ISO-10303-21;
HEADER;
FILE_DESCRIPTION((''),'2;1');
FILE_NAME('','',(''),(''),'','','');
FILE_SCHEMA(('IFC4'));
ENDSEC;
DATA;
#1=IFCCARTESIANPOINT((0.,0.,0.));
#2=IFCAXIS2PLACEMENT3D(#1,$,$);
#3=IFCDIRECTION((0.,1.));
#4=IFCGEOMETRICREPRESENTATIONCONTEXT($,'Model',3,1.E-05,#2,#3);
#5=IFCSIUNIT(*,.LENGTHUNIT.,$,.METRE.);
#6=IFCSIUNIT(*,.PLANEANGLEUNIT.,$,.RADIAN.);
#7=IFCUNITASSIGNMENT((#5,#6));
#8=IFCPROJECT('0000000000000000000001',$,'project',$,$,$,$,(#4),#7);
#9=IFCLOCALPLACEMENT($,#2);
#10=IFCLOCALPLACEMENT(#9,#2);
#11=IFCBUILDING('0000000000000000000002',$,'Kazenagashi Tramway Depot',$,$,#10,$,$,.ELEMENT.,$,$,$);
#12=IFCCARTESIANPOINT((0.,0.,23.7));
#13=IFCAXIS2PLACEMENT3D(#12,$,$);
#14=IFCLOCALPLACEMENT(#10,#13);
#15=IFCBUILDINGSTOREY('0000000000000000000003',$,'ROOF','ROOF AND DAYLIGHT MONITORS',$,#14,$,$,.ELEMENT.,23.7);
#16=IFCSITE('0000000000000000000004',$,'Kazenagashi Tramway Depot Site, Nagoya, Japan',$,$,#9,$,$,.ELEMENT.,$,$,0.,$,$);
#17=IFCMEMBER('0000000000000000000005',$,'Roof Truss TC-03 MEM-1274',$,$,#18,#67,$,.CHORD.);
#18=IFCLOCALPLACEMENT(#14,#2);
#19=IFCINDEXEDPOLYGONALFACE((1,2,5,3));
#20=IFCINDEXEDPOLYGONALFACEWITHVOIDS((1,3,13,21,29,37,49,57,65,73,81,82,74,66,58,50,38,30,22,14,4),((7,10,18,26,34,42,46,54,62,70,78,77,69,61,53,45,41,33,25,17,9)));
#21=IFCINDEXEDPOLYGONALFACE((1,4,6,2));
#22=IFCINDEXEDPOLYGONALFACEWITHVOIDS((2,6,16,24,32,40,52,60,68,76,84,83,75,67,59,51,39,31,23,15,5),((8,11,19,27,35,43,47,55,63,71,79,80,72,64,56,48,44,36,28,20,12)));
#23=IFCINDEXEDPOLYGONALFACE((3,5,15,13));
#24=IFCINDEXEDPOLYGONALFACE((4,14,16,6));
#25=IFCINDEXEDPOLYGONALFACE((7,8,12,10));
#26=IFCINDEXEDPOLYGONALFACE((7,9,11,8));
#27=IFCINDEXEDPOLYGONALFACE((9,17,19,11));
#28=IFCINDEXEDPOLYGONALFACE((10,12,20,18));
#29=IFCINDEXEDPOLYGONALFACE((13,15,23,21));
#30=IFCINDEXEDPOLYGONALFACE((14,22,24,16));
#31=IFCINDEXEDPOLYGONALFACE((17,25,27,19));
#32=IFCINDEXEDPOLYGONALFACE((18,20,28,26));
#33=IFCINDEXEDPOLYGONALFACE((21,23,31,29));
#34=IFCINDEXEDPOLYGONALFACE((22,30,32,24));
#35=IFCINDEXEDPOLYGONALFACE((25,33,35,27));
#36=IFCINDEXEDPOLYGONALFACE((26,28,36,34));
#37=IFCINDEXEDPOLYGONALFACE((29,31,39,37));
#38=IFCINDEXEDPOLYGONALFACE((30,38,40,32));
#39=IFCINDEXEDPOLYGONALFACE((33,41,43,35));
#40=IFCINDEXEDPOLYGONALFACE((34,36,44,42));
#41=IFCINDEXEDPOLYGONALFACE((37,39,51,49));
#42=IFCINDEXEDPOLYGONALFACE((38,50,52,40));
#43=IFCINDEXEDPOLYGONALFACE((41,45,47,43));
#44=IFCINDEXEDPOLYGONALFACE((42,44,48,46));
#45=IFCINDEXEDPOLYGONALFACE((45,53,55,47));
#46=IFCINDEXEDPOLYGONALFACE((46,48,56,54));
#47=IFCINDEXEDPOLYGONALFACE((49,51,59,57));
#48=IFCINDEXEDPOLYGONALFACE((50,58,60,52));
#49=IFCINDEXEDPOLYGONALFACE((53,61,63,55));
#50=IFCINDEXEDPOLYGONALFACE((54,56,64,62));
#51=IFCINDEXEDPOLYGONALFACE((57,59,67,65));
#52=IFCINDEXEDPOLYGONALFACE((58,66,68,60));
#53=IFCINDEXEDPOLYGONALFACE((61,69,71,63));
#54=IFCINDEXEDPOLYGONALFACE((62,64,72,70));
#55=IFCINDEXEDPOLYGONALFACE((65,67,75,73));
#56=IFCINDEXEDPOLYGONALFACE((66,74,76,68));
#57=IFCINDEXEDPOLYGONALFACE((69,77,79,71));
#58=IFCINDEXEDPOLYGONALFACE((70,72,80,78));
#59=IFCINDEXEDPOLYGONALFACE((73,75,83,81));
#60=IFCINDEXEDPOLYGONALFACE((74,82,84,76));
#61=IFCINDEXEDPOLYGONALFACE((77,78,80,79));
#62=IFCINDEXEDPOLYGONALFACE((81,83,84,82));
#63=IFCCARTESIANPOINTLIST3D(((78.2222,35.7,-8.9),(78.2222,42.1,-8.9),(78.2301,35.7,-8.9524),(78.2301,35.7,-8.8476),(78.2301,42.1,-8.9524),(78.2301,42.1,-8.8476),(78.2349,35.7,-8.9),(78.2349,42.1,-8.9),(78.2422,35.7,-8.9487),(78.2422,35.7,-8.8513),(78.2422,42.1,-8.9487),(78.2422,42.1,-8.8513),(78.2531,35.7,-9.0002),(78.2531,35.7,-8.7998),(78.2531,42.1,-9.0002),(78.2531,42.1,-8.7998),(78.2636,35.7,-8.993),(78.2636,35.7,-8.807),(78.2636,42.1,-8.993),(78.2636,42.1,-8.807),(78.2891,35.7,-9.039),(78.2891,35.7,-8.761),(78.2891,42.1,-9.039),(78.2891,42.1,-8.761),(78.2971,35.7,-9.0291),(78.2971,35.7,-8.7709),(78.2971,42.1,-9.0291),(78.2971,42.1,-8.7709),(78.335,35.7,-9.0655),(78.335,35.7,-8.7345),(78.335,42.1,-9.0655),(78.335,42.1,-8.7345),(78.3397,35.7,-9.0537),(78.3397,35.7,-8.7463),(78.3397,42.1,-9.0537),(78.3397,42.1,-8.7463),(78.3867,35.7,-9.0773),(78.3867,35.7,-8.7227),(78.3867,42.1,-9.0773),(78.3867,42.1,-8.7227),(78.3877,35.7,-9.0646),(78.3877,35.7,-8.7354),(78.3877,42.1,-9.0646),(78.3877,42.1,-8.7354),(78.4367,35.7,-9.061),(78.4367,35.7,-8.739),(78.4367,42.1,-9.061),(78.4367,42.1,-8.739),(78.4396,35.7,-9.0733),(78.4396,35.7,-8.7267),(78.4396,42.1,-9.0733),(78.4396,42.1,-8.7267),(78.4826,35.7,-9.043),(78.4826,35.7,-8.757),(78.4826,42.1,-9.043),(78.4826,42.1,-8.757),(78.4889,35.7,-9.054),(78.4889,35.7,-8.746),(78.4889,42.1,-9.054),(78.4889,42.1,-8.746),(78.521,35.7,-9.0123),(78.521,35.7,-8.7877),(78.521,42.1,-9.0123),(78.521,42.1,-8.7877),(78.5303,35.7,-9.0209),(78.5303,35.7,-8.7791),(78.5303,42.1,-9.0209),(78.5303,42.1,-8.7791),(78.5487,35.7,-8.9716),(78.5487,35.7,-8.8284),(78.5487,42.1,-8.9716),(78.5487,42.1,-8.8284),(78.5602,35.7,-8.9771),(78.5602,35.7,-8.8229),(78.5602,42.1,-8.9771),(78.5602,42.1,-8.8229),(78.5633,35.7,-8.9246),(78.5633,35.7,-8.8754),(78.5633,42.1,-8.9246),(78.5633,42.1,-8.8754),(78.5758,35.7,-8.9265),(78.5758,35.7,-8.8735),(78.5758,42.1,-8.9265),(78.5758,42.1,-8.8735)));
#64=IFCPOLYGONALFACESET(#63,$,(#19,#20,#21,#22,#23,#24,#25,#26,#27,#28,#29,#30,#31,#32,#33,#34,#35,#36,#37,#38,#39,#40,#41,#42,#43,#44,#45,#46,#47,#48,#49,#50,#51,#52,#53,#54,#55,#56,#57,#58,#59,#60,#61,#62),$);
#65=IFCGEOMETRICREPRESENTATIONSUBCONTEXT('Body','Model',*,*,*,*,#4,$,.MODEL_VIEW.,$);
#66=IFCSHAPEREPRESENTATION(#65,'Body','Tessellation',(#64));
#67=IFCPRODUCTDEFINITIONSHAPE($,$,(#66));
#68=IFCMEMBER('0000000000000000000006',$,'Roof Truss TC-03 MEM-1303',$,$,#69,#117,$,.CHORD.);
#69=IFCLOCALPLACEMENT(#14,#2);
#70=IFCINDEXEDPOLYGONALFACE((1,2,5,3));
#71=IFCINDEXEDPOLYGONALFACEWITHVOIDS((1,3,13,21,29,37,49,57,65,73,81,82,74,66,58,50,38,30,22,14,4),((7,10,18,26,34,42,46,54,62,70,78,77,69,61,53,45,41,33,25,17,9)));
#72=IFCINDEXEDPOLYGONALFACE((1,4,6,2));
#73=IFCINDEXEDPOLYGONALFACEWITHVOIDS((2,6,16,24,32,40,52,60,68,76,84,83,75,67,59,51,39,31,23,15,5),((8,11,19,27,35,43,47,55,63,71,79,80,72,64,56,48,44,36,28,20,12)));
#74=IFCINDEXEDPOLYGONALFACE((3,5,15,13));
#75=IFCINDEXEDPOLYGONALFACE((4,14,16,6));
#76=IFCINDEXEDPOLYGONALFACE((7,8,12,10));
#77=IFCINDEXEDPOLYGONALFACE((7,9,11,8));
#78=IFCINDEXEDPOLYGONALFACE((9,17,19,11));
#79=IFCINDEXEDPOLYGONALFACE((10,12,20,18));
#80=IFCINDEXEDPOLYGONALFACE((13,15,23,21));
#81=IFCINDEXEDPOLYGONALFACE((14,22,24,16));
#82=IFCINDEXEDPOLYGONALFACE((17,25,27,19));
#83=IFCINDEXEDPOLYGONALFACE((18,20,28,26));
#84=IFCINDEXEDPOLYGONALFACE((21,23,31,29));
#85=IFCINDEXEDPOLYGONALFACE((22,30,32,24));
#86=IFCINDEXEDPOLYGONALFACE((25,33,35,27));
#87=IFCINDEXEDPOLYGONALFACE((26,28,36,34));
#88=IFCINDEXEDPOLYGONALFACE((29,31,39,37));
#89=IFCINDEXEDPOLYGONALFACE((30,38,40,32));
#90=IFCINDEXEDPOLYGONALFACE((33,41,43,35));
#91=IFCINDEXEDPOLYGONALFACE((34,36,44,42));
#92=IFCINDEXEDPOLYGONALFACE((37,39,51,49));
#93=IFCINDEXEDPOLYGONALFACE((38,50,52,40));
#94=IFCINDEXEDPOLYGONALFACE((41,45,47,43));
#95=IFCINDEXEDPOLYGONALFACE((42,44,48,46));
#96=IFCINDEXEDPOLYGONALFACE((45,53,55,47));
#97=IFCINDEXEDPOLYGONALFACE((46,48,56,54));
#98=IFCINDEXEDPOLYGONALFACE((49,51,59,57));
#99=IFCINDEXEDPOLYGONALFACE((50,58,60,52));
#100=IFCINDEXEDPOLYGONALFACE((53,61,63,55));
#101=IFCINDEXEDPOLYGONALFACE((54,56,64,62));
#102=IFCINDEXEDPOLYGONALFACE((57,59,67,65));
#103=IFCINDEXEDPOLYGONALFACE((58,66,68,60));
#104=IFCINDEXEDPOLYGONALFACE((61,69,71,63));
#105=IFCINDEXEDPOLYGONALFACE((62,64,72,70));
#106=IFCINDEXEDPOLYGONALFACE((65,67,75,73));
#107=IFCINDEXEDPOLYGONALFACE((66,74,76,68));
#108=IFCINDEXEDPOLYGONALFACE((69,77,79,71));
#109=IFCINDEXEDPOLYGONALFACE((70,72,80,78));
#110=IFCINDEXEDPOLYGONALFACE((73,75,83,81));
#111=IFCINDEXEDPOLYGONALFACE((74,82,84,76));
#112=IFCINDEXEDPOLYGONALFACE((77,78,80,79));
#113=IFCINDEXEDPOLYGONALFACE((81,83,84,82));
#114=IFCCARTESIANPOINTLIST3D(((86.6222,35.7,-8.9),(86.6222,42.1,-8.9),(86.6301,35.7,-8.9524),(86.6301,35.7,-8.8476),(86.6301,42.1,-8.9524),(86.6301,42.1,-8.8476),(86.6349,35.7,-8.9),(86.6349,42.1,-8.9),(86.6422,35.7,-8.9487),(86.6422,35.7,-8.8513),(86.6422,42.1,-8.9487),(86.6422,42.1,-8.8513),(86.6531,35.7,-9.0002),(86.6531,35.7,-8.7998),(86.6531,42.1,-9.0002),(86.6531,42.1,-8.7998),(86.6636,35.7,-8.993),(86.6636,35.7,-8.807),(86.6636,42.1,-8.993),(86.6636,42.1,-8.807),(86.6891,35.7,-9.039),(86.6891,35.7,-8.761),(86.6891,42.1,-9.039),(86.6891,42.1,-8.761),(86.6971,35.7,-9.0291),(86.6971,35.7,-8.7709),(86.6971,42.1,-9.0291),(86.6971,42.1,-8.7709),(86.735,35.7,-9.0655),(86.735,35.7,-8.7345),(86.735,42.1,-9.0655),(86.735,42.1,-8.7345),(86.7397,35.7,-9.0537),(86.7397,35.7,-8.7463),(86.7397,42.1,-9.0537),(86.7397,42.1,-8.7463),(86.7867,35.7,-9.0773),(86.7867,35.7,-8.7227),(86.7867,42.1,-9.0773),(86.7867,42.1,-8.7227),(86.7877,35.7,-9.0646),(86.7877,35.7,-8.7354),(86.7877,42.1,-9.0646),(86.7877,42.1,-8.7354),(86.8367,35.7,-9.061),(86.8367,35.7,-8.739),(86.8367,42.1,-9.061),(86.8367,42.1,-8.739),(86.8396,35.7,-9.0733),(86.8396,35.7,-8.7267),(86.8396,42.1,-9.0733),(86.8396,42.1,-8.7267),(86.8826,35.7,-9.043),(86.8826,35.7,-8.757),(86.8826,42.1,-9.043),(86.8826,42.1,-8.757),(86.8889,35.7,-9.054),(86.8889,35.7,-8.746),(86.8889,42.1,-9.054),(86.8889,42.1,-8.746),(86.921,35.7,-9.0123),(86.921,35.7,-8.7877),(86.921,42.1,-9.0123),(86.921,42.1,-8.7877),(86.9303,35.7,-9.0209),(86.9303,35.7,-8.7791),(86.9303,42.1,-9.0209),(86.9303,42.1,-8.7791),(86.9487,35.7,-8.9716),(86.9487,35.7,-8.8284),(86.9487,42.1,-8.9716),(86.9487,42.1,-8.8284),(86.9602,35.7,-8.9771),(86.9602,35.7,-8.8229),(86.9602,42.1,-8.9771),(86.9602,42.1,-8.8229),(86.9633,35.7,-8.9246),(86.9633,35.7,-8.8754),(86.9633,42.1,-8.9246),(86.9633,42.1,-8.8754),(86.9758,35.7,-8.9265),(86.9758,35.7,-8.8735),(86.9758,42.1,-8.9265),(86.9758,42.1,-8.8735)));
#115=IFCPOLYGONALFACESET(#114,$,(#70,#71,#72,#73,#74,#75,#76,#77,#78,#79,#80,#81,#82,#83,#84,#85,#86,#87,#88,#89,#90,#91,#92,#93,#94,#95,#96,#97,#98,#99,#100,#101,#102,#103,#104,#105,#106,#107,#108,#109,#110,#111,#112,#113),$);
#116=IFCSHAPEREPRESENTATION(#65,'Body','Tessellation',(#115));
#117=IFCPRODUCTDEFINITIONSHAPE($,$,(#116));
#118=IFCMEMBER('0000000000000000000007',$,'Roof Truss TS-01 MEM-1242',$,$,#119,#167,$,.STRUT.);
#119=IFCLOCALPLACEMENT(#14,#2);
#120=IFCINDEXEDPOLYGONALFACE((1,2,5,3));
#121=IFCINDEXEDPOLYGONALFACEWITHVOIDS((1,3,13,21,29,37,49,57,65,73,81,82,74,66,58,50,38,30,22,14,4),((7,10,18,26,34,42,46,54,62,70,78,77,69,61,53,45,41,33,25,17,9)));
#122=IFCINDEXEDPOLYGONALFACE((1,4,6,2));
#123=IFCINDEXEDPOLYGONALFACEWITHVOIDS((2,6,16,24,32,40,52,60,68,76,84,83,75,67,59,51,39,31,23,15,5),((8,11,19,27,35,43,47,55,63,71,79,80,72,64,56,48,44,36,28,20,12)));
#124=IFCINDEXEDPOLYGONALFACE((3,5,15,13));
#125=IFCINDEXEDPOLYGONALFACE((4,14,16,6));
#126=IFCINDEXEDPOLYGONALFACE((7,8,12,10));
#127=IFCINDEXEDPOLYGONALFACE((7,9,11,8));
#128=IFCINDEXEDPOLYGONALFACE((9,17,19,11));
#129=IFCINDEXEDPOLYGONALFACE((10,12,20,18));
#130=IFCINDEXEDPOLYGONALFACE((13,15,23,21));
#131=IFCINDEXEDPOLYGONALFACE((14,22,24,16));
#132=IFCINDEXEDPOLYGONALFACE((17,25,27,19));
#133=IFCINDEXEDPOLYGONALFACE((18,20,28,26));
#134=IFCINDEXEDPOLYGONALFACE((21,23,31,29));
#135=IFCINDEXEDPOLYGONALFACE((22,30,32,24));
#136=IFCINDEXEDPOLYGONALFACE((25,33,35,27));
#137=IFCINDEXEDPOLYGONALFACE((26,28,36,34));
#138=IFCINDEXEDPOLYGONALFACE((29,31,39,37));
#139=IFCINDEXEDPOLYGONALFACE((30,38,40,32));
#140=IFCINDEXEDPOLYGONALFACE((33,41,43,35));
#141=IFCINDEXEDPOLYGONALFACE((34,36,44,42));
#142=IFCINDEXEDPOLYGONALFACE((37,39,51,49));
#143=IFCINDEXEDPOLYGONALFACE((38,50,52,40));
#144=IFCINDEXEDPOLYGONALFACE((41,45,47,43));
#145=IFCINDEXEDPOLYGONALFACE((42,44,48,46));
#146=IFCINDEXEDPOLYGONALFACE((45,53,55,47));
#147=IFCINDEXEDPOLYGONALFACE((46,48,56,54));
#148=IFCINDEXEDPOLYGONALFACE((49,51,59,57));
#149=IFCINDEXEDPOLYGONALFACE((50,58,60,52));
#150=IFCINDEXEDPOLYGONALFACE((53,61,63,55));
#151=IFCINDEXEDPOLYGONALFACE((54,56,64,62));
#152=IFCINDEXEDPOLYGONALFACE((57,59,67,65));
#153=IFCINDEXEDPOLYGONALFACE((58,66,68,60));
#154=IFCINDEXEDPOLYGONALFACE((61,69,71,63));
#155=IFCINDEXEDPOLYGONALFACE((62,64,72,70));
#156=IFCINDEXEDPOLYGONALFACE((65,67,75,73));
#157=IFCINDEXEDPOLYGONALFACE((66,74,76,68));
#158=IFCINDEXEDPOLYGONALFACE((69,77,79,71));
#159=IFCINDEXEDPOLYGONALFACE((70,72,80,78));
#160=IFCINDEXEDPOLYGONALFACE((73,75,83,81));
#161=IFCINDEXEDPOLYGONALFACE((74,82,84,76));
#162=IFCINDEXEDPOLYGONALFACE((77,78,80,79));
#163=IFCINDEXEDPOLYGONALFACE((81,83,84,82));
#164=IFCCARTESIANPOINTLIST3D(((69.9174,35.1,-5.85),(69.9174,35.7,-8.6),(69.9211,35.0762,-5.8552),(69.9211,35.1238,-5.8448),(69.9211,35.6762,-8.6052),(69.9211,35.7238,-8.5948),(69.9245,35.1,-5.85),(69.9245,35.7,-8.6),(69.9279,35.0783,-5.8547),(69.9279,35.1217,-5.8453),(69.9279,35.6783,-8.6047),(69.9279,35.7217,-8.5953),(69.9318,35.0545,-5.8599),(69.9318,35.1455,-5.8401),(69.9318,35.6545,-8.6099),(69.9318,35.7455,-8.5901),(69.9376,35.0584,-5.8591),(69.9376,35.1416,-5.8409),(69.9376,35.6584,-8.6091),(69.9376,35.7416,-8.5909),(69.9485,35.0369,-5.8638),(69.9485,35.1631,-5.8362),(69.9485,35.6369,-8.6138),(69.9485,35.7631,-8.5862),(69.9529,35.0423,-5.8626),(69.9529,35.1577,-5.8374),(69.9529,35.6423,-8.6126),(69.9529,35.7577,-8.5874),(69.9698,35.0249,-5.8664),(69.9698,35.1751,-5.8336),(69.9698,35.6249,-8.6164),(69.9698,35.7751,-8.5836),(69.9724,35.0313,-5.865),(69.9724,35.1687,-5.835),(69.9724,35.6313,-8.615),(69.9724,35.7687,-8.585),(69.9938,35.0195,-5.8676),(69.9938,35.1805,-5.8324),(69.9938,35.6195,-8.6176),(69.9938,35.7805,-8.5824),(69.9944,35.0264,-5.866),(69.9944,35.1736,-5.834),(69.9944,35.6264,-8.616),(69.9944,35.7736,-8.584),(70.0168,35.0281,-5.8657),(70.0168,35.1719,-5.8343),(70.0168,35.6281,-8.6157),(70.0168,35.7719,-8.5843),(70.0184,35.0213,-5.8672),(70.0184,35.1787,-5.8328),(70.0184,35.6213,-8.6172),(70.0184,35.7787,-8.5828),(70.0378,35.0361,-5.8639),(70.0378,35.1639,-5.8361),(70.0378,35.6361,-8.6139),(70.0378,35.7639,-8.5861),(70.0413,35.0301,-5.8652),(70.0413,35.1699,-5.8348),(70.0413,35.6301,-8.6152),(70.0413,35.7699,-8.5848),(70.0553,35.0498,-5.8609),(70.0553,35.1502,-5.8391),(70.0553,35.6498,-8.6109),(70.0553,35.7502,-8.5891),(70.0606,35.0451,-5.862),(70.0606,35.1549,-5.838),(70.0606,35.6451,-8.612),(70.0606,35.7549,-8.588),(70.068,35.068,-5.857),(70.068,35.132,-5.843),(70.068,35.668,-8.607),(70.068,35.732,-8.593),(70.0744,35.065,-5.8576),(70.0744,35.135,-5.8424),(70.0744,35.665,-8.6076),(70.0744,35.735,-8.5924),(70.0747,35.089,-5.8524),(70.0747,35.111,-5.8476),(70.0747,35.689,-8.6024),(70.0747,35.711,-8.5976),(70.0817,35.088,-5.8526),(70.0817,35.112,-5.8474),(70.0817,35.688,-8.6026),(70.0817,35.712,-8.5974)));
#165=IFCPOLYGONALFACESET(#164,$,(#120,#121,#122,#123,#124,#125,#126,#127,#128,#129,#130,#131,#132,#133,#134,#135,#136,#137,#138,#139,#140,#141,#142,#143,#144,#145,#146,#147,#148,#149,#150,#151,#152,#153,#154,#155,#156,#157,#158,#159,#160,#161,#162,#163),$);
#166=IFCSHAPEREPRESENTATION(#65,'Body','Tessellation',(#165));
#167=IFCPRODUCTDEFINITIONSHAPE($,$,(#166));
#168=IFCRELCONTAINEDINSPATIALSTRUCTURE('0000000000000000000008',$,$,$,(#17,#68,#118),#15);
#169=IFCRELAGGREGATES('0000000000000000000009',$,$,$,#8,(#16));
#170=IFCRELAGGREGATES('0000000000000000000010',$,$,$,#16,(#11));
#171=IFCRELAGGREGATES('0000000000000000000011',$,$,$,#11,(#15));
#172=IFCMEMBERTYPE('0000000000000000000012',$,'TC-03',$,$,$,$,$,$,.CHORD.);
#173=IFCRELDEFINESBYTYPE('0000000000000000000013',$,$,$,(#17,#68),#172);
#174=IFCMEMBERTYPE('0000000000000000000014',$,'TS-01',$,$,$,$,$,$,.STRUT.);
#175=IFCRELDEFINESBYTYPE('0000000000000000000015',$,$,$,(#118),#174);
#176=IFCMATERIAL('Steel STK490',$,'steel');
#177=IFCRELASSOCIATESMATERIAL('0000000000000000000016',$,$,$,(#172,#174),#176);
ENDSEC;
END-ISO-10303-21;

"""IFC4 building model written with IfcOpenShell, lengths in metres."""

from ifc_helpers import new_model, si_unit, direction, frame, origin, origin_2d, place, context, subcontext, project, spatial, hollow_circle, extrude, material, material_profile, profile_set, type_object, element, save


model = new_model("IFC4")

# Units and contexts
model_context = context("Model", 3, precision=1e-05, world=origin(), true_north=direction((0.0, 1.0)))
body_context = subcontext(model_context, "Body", "Model", "MODEL_VIEW")
ifc_project = project(units=[si_unit("LENGTHUNIT", "METRE"), si_unit("PLANEANGLEUNIT", "RADIAN")], contexts=[model_context])

# Site, building, storey
site_placement = place(None, origin())
site = spatial("IfcSite", under=ifc_project, at=site_placement, Name="Kazenagashi Tramway Depot Site, Nagoya, Japan", CompositionType="ELEMENT", RefElevation=0.0)
building_placement = place(site_placement, origin())
building = spatial("IfcBuilding", under=site, at=building_placement, Name="Kazenagashi Tramway Depot", CompositionType="ELEMENT")
storey_placement = place(building_placement, frame((0.0, 0.0, 23.7)))
storey = spatial("IfcBuildingStorey", under=building, at=storey_placement, Name="ROOF", Description="ROOF AND DAYLIGHT MONITORS", CompositionType="ELEMENT", Elevation=23.7)

# Members
ifc_material_1 = material(Name="Steel STK490", Category="steel")
ifc_material_profile_1 = material_profile(ifc_material_1, hollow_circle(Radius=0.1778, WallThickness=0.0127, at=origin_2d()), Name="CHS-355.6x12.7")
ifc_profile_set_1 = profile_set([ifc_material_profile_1], Name="Steel STK490")
member_type_1 = type_object("IfcMemberType", Name="TC-03", PredefinedType="CHORD", material=ifc_profile_set_1)
for number, where, z_axis, x_axis, name in (
    (1, (78.4, 35.7, -8.9), (0.0, 1.0, 0.0), (-1.0, 0.0, 0.0), "Roof Truss TC-03 MEM-1274"),
    (2, (86.8, 35.7, -8.9), (0.0, 1.0, 0.0), (-1.0, 0.0, 0.0), "Roof Truss TC-03 MEM-1303"),
):
    element("IfcMember", number, at=place(storey_placement, frame(where, z_axis=z_axis, x_axis=x_axis)), inside=storey, type_object=member_type_1, Name=name, PredefinedType="CHORD", context=body_context, shape_type="SweptSolid", body=[
        extrude(hollow_circle(Radius=0.1778, WallThickness=0.0127, at=origin_2d()), origin(), (0.0, 0.0, 1.0), 6.4),
    ])
ifc_material_profile_2 = material_profile(ifc_material_1, hollow_circle(Radius=0.0826, WallThickness=0.0071, at=origin_2d()), Name="CHS-165.2x7.1")
ifc_profile_set_2 = profile_set([ifc_material_profile_2], Name="Steel STK490")
member_type_2 = type_object("IfcMemberType", Name="TS-01", PredefinedType="STRUT", material=ifc_profile_set_2)
for number, where, z_axis, x_axis, name in (
    (3, (70.0, 35.1, -5.85), (0.0, 0.213167, -0.977016), (-1.0, 0.0, 0.0), "Roof Truss TS-01 MEM-1242"),
):
    element("IfcMember", number, at=place(storey_placement, frame(where, z_axis=z_axis, x_axis=x_axis)), inside=storey, type_object=member_type_2, Name=name, PredefinedType="STRUT", context=body_context, shape_type="SweptSolid", body=[
        extrude(hollow_circle(Radius=0.0826, WallThickness=0.0071, at=origin_2d()), origin(), (0.0, 0.0, 1.0), 2.8147),
    ])

save(model, "model.ifc")
